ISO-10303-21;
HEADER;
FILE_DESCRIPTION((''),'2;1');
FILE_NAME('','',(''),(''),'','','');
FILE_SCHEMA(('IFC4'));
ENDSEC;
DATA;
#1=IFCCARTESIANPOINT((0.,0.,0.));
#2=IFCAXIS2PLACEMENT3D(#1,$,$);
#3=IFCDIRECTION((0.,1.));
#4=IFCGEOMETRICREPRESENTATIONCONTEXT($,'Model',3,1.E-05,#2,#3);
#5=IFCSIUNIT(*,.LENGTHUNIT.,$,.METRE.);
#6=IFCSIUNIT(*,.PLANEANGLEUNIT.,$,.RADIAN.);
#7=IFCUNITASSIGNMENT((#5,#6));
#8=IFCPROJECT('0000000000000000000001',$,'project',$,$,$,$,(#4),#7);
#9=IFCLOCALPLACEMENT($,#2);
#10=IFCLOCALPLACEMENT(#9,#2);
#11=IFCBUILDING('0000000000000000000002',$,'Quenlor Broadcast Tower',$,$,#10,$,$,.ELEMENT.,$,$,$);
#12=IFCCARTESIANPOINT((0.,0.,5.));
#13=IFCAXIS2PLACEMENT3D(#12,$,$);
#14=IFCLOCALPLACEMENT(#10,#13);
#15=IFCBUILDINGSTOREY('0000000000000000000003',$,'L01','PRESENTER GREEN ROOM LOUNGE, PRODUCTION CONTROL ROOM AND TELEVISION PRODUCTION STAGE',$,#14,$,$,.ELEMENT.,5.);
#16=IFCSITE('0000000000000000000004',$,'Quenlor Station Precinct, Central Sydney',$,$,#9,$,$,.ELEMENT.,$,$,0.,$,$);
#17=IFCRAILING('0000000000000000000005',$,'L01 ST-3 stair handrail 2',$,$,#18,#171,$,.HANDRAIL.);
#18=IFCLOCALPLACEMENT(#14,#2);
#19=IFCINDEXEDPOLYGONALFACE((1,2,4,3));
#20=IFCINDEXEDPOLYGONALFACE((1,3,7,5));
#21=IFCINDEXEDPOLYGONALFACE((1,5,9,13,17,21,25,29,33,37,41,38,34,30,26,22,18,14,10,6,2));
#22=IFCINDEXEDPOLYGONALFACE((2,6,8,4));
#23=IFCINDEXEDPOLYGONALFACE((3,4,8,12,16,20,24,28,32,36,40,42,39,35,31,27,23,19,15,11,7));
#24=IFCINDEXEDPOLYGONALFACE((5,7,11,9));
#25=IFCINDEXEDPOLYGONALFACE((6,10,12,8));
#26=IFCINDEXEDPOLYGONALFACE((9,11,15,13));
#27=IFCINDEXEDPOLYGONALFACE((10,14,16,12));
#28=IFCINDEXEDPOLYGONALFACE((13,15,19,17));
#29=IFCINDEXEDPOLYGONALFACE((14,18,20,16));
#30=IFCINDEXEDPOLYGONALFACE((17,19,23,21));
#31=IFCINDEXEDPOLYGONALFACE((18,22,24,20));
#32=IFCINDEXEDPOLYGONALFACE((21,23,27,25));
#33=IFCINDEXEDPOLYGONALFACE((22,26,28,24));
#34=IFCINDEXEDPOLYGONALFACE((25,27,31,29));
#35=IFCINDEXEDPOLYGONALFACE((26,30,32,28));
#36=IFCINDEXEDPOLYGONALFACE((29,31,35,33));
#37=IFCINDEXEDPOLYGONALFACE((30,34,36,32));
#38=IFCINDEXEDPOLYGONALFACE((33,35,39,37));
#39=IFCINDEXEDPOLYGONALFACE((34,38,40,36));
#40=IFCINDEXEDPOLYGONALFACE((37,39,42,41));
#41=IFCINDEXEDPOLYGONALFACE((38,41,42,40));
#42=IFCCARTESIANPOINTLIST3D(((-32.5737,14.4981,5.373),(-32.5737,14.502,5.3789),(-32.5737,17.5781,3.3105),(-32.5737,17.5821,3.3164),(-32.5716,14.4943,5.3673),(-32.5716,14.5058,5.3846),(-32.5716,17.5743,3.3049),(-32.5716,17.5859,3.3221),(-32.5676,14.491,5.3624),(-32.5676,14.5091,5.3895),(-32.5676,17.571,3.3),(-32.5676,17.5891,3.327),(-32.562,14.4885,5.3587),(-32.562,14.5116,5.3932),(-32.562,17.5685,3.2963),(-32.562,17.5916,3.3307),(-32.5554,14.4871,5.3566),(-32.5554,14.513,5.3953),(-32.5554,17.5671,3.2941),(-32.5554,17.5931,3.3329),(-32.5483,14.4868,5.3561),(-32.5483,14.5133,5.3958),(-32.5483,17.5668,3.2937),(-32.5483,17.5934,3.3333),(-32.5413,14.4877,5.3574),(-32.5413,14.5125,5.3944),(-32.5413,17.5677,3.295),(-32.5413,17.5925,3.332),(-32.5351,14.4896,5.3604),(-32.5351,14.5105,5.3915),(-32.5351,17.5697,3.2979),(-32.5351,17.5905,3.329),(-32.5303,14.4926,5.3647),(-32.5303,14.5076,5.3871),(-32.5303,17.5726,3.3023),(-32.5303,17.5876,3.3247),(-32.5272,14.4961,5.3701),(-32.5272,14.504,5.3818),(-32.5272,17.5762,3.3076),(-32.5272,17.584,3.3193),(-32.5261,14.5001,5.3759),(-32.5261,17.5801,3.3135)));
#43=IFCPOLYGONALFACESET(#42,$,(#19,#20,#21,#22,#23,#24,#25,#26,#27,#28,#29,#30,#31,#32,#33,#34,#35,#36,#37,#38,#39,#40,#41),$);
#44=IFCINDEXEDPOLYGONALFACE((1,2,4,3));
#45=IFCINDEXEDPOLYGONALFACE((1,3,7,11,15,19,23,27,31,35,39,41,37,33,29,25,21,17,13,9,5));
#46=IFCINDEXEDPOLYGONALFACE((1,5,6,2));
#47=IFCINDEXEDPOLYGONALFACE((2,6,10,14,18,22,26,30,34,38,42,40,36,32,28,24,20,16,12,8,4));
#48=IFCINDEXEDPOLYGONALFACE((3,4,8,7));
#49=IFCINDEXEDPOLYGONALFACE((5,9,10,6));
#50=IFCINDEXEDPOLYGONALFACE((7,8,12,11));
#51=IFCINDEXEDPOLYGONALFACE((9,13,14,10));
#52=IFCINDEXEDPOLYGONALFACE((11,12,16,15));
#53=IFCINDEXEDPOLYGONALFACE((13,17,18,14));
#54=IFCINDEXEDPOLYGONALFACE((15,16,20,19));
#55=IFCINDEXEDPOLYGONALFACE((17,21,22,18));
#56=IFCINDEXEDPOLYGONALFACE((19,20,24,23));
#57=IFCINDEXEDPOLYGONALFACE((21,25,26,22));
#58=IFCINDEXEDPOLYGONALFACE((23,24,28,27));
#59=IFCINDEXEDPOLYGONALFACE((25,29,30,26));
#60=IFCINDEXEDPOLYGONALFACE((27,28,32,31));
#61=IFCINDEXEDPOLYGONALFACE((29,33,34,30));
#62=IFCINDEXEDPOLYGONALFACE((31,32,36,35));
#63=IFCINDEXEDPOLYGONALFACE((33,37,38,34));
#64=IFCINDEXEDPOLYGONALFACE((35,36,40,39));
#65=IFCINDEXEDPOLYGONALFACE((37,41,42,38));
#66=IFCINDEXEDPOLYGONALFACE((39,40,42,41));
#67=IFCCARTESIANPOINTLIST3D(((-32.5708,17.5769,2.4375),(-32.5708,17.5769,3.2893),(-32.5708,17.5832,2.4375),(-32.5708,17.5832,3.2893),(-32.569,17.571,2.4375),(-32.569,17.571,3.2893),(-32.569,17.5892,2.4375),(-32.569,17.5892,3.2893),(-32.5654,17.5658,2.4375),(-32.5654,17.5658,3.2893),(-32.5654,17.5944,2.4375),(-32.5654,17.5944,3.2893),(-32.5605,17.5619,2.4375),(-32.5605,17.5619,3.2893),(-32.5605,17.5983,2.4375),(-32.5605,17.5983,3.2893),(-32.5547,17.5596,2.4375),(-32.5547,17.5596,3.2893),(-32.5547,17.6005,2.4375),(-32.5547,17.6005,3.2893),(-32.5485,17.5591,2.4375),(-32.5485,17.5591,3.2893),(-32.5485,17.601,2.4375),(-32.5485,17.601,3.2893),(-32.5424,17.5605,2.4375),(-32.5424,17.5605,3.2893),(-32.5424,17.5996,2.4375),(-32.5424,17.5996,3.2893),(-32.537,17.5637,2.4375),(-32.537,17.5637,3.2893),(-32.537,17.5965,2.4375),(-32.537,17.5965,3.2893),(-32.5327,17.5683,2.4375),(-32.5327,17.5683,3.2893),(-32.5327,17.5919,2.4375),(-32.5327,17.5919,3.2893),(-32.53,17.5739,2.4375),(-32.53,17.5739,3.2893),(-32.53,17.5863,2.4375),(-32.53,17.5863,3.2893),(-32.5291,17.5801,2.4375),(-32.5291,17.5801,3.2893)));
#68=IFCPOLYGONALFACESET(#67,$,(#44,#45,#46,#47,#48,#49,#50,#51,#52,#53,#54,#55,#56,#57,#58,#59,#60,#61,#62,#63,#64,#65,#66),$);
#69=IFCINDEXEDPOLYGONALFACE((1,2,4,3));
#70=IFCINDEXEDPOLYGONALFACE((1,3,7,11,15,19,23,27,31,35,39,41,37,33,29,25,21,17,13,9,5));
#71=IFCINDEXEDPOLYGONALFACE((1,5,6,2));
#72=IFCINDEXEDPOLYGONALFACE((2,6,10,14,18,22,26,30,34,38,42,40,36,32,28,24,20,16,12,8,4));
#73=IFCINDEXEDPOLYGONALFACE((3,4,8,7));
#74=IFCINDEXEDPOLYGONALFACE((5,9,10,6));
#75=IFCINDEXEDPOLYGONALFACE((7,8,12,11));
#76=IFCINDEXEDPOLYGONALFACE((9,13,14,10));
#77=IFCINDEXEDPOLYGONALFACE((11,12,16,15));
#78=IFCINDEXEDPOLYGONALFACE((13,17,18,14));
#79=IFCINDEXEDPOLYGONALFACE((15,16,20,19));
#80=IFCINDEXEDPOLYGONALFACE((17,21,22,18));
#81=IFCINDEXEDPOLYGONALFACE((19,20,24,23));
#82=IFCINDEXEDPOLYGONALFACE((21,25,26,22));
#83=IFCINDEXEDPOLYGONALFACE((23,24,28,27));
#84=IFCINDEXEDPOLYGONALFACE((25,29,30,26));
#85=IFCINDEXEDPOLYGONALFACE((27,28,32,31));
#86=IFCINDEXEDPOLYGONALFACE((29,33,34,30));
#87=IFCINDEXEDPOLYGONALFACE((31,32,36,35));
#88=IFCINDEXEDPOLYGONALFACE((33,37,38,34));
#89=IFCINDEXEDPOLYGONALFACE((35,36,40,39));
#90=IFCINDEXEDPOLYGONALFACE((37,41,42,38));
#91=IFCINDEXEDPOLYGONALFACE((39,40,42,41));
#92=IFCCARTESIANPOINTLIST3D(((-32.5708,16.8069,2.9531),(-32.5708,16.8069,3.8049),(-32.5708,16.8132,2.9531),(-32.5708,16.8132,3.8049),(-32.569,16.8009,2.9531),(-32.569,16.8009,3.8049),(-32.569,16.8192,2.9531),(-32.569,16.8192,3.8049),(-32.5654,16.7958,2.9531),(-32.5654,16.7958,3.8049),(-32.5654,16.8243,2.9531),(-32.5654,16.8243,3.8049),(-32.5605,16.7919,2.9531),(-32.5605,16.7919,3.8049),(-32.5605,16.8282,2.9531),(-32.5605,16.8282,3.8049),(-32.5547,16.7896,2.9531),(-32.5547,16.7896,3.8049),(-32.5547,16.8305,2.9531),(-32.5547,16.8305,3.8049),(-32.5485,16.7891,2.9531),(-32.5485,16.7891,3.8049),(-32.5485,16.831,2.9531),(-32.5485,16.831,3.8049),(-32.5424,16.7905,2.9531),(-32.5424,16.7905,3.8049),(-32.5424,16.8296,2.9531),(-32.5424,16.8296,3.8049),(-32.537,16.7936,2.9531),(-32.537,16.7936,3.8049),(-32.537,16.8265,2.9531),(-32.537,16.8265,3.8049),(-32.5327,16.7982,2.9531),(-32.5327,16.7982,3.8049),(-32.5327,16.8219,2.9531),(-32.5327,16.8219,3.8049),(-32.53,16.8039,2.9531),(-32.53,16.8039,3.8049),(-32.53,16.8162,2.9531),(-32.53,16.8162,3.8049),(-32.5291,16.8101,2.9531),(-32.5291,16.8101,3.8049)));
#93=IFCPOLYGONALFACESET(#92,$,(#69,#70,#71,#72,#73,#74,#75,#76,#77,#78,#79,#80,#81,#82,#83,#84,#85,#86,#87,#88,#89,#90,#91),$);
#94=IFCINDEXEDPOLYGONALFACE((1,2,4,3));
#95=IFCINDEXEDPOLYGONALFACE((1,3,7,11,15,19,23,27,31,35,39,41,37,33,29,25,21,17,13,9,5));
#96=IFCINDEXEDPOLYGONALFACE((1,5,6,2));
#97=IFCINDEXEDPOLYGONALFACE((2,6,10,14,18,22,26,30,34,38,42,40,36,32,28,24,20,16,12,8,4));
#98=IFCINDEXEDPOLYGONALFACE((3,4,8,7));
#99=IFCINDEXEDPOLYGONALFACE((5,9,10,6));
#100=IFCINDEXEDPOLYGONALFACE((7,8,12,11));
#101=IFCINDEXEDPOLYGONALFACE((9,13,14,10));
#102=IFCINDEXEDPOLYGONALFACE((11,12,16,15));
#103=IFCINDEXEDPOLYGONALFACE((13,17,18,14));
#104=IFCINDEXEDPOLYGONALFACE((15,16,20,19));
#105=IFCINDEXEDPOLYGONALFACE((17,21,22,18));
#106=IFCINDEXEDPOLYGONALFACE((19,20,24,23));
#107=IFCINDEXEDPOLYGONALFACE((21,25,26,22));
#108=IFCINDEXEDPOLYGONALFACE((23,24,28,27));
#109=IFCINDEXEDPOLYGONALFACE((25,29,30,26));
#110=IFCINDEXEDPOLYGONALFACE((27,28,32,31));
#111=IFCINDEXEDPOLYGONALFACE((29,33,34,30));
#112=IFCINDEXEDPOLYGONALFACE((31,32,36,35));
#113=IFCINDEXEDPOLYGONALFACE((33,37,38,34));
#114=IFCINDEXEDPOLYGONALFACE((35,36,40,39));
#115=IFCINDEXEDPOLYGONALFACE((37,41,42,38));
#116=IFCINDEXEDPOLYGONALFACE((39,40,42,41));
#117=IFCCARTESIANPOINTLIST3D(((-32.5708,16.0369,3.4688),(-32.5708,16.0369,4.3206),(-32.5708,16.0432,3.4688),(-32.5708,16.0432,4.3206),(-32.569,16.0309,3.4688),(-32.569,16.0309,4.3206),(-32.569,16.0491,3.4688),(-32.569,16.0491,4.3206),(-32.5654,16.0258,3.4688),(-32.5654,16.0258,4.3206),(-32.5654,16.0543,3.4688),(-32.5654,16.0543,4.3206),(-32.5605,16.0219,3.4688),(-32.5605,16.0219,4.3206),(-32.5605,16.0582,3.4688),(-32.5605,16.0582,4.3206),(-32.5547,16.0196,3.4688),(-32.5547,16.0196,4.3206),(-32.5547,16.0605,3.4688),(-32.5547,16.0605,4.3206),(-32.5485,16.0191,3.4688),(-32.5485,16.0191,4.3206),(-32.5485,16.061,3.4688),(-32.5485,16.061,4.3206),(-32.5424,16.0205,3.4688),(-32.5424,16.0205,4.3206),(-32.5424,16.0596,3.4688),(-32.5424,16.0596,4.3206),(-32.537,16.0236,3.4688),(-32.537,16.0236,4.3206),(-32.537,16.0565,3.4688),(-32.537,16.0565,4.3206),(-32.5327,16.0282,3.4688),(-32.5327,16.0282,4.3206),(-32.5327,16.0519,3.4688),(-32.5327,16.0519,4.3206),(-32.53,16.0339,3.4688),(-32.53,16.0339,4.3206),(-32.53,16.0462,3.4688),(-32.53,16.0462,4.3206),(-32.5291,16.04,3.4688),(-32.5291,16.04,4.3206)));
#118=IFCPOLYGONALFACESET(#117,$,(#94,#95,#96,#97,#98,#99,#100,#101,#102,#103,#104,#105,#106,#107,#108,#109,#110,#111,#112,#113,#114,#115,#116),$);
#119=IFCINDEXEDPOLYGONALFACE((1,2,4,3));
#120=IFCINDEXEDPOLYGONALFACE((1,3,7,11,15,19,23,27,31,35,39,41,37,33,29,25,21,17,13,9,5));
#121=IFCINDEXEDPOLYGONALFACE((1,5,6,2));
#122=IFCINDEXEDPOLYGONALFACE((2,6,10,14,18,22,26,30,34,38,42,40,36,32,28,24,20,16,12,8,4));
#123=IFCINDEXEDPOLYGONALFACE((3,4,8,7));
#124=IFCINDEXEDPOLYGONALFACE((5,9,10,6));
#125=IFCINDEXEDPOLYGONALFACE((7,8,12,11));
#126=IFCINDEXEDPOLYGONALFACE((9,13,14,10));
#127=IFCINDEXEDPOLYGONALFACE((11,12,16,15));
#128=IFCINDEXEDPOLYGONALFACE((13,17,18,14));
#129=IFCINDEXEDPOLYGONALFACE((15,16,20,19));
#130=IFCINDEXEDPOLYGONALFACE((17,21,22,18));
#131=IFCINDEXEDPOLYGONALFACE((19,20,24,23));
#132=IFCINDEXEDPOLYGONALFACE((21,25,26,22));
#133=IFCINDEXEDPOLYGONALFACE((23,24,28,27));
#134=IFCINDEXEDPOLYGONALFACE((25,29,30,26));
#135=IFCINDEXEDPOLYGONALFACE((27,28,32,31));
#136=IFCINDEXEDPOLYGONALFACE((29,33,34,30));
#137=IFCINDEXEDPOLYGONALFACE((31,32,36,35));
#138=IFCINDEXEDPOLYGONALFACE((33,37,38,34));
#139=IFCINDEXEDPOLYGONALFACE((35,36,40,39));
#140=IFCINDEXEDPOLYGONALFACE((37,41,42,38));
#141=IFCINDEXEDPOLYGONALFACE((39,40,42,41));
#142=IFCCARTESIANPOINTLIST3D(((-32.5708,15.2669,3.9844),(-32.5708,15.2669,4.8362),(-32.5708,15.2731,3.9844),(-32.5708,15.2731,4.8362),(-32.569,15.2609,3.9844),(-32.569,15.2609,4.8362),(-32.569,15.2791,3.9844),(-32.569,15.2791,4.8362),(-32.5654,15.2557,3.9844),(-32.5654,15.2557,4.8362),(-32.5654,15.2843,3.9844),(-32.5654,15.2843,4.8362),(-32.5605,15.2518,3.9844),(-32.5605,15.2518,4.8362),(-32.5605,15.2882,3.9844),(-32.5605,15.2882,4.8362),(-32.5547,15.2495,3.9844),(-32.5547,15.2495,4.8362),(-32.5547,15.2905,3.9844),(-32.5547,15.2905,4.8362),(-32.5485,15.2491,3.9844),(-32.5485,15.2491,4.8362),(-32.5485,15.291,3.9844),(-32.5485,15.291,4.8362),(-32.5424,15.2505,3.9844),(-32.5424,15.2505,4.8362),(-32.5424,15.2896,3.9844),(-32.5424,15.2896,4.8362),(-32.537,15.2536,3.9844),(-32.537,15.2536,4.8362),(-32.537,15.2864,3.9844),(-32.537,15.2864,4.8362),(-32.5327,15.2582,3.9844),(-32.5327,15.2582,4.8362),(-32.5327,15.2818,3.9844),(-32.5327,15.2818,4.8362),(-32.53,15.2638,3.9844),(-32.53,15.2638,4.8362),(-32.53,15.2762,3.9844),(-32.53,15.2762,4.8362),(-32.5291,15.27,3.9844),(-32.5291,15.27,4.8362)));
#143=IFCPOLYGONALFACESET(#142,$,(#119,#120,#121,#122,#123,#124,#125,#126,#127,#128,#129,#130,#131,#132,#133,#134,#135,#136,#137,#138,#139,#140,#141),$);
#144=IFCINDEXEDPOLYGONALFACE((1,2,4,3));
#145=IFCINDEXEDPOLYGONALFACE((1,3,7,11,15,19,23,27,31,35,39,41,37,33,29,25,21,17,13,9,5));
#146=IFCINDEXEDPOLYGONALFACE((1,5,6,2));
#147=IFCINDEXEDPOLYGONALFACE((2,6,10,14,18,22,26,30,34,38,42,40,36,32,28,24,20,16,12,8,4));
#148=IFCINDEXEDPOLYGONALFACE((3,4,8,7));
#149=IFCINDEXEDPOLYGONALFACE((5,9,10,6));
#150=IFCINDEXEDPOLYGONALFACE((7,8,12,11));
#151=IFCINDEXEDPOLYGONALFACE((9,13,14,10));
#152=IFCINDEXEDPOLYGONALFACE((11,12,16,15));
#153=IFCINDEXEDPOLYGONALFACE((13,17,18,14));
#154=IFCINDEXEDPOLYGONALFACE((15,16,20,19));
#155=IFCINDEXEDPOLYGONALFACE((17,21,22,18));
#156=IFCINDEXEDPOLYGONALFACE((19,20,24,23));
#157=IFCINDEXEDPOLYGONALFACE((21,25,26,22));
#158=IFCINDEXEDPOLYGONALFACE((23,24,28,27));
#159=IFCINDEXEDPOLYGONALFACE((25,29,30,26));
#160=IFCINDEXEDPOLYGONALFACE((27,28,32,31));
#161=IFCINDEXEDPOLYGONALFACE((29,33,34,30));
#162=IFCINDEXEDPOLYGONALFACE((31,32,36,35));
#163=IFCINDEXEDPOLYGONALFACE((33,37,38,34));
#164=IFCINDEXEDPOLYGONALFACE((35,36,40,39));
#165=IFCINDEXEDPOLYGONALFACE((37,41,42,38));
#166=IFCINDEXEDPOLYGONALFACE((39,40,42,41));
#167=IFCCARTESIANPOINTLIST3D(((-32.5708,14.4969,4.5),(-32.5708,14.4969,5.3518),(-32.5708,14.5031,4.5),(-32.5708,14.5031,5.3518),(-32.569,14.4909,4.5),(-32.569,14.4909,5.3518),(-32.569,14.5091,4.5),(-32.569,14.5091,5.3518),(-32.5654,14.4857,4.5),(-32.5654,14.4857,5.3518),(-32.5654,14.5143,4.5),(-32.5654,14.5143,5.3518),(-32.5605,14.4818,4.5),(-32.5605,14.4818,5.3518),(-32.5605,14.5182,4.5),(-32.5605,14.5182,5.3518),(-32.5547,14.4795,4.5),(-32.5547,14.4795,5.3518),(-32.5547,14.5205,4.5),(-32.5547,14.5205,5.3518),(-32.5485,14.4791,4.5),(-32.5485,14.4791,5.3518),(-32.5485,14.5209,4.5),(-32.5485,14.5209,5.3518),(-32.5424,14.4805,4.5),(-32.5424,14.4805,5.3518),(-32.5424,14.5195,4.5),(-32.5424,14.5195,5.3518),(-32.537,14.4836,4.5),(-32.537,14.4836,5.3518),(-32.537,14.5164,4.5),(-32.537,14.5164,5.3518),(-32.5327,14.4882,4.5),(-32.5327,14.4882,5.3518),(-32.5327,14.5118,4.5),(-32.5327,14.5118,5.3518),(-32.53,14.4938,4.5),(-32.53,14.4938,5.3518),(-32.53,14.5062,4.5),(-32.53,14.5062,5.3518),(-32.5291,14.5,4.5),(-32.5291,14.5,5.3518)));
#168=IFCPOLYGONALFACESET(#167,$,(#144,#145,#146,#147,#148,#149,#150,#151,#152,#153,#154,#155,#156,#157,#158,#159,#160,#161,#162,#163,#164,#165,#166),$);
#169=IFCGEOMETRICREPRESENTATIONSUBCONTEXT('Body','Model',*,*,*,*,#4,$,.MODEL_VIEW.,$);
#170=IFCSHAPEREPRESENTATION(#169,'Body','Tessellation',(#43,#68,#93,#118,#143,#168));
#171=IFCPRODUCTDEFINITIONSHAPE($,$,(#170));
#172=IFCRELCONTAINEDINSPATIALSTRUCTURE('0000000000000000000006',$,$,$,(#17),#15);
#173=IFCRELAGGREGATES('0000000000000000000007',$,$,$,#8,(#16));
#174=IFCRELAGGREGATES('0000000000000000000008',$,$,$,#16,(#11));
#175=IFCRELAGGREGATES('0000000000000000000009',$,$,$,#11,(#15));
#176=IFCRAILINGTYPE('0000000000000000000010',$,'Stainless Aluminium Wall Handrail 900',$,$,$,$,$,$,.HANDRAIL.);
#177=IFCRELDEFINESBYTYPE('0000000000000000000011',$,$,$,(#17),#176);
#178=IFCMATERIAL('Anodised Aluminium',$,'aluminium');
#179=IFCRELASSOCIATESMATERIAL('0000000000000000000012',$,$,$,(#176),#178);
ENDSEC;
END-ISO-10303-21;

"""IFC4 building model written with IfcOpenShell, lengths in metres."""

from ifc_helpers import new_model, si_unit, direction, frame, origin, origin_2d, place, context, subcontext, project, spatial, circle, extrude, material, type_object, element, save


model = new_model("IFC4")

# Units and contexts
model_context = context("Model", 3, precision=1e-05, world=origin(), true_north=direction((0.0, 1.0)))
body_context = subcontext(model_context, "Body", "Model", "MODEL_VIEW")
ifc_project = project(units=[si_unit("LENGTHUNIT", "METRE"), si_unit("PLANEANGLEUNIT", "RADIAN")], contexts=[model_context])

# Site, building, storey
site_placement = place(None, origin())
site = spatial("IfcSite", under=ifc_project, at=site_placement, Name="Quenlor Station Precinct, Central Sydney", CompositionType="ELEMENT", RefElevation=0.0)
building_placement = place(site_placement, origin())
building = spatial("IfcBuilding", under=site, at=building_placement, Name="Quenlor Broadcast Tower", CompositionType="ELEMENT")
storey_placement = place(building_placement, frame((0.0, 0.0, 5.0)))
storey = spatial("IfcBuildingStorey", under=building, at=storey_placement, Name="L01", Description="PRESENTER GREEN ROOM LOUNGE, PRODUCTION CONTROL ROOM AND TELEVISION PRODUCTION STAGE", CompositionType="ELEMENT", Elevation=5.0)

# Railing
ifc_material_1 = material(Name="Anodised Aluminium", Category="aluminium")
railing_type_1 = type_object("IfcRailingType", Name="Stainless Aluminium Wall Handrail 900", PredefinedType="HANDRAIL", material=ifc_material_1)
railing_1_placement = place(storey_placement, frame((-32.55, 17.5801, 2.4375)))
element("IfcRailing", 1, at=railing_1_placement, inside=storey, type_object=railing_type_1, Name="L01 ST-3 stair handrail 2", PredefinedType="HANDRAIL", context=body_context, shape_type="SweptSolid", body=[
    extrude(circle(Radius=0.0239, at=origin_2d()), frame((0.0, 0.0, 0.876), z_axis=(0.0, -0.830914, 0.556401), x_axis=(1.0, 0.0, 0.0)), (0.0, 0.0, 1.0), 3.7068),
    extrude(circle(Radius=0.021, at=origin_2d()), origin(), (0.0, 0.0, 1.0), 0.8518),
    extrude(circle(Radius=0.021, at=origin_2d()), frame((0.0, -0.77, 0.5156)), (0.0, 0.0, 1.0), 0.8518),
    extrude(circle(Radius=0.021, at=origin_2d()), frame((0.0, -1.54, 1.0312)), (0.0, 0.0, 1.0), 0.8518),
    extrude(circle(Radius=0.021, at=origin_2d()), frame((0.0, -2.3101, 1.5469)), (0.0, 0.0, 1.0), 0.8518),
    extrude(circle(Radius=0.021, at=origin_2d()), frame((0.0, -3.0801, 2.0625)), (0.0, 0.0, 1.0), 0.8518),
])

save(model, "model.ifc")
